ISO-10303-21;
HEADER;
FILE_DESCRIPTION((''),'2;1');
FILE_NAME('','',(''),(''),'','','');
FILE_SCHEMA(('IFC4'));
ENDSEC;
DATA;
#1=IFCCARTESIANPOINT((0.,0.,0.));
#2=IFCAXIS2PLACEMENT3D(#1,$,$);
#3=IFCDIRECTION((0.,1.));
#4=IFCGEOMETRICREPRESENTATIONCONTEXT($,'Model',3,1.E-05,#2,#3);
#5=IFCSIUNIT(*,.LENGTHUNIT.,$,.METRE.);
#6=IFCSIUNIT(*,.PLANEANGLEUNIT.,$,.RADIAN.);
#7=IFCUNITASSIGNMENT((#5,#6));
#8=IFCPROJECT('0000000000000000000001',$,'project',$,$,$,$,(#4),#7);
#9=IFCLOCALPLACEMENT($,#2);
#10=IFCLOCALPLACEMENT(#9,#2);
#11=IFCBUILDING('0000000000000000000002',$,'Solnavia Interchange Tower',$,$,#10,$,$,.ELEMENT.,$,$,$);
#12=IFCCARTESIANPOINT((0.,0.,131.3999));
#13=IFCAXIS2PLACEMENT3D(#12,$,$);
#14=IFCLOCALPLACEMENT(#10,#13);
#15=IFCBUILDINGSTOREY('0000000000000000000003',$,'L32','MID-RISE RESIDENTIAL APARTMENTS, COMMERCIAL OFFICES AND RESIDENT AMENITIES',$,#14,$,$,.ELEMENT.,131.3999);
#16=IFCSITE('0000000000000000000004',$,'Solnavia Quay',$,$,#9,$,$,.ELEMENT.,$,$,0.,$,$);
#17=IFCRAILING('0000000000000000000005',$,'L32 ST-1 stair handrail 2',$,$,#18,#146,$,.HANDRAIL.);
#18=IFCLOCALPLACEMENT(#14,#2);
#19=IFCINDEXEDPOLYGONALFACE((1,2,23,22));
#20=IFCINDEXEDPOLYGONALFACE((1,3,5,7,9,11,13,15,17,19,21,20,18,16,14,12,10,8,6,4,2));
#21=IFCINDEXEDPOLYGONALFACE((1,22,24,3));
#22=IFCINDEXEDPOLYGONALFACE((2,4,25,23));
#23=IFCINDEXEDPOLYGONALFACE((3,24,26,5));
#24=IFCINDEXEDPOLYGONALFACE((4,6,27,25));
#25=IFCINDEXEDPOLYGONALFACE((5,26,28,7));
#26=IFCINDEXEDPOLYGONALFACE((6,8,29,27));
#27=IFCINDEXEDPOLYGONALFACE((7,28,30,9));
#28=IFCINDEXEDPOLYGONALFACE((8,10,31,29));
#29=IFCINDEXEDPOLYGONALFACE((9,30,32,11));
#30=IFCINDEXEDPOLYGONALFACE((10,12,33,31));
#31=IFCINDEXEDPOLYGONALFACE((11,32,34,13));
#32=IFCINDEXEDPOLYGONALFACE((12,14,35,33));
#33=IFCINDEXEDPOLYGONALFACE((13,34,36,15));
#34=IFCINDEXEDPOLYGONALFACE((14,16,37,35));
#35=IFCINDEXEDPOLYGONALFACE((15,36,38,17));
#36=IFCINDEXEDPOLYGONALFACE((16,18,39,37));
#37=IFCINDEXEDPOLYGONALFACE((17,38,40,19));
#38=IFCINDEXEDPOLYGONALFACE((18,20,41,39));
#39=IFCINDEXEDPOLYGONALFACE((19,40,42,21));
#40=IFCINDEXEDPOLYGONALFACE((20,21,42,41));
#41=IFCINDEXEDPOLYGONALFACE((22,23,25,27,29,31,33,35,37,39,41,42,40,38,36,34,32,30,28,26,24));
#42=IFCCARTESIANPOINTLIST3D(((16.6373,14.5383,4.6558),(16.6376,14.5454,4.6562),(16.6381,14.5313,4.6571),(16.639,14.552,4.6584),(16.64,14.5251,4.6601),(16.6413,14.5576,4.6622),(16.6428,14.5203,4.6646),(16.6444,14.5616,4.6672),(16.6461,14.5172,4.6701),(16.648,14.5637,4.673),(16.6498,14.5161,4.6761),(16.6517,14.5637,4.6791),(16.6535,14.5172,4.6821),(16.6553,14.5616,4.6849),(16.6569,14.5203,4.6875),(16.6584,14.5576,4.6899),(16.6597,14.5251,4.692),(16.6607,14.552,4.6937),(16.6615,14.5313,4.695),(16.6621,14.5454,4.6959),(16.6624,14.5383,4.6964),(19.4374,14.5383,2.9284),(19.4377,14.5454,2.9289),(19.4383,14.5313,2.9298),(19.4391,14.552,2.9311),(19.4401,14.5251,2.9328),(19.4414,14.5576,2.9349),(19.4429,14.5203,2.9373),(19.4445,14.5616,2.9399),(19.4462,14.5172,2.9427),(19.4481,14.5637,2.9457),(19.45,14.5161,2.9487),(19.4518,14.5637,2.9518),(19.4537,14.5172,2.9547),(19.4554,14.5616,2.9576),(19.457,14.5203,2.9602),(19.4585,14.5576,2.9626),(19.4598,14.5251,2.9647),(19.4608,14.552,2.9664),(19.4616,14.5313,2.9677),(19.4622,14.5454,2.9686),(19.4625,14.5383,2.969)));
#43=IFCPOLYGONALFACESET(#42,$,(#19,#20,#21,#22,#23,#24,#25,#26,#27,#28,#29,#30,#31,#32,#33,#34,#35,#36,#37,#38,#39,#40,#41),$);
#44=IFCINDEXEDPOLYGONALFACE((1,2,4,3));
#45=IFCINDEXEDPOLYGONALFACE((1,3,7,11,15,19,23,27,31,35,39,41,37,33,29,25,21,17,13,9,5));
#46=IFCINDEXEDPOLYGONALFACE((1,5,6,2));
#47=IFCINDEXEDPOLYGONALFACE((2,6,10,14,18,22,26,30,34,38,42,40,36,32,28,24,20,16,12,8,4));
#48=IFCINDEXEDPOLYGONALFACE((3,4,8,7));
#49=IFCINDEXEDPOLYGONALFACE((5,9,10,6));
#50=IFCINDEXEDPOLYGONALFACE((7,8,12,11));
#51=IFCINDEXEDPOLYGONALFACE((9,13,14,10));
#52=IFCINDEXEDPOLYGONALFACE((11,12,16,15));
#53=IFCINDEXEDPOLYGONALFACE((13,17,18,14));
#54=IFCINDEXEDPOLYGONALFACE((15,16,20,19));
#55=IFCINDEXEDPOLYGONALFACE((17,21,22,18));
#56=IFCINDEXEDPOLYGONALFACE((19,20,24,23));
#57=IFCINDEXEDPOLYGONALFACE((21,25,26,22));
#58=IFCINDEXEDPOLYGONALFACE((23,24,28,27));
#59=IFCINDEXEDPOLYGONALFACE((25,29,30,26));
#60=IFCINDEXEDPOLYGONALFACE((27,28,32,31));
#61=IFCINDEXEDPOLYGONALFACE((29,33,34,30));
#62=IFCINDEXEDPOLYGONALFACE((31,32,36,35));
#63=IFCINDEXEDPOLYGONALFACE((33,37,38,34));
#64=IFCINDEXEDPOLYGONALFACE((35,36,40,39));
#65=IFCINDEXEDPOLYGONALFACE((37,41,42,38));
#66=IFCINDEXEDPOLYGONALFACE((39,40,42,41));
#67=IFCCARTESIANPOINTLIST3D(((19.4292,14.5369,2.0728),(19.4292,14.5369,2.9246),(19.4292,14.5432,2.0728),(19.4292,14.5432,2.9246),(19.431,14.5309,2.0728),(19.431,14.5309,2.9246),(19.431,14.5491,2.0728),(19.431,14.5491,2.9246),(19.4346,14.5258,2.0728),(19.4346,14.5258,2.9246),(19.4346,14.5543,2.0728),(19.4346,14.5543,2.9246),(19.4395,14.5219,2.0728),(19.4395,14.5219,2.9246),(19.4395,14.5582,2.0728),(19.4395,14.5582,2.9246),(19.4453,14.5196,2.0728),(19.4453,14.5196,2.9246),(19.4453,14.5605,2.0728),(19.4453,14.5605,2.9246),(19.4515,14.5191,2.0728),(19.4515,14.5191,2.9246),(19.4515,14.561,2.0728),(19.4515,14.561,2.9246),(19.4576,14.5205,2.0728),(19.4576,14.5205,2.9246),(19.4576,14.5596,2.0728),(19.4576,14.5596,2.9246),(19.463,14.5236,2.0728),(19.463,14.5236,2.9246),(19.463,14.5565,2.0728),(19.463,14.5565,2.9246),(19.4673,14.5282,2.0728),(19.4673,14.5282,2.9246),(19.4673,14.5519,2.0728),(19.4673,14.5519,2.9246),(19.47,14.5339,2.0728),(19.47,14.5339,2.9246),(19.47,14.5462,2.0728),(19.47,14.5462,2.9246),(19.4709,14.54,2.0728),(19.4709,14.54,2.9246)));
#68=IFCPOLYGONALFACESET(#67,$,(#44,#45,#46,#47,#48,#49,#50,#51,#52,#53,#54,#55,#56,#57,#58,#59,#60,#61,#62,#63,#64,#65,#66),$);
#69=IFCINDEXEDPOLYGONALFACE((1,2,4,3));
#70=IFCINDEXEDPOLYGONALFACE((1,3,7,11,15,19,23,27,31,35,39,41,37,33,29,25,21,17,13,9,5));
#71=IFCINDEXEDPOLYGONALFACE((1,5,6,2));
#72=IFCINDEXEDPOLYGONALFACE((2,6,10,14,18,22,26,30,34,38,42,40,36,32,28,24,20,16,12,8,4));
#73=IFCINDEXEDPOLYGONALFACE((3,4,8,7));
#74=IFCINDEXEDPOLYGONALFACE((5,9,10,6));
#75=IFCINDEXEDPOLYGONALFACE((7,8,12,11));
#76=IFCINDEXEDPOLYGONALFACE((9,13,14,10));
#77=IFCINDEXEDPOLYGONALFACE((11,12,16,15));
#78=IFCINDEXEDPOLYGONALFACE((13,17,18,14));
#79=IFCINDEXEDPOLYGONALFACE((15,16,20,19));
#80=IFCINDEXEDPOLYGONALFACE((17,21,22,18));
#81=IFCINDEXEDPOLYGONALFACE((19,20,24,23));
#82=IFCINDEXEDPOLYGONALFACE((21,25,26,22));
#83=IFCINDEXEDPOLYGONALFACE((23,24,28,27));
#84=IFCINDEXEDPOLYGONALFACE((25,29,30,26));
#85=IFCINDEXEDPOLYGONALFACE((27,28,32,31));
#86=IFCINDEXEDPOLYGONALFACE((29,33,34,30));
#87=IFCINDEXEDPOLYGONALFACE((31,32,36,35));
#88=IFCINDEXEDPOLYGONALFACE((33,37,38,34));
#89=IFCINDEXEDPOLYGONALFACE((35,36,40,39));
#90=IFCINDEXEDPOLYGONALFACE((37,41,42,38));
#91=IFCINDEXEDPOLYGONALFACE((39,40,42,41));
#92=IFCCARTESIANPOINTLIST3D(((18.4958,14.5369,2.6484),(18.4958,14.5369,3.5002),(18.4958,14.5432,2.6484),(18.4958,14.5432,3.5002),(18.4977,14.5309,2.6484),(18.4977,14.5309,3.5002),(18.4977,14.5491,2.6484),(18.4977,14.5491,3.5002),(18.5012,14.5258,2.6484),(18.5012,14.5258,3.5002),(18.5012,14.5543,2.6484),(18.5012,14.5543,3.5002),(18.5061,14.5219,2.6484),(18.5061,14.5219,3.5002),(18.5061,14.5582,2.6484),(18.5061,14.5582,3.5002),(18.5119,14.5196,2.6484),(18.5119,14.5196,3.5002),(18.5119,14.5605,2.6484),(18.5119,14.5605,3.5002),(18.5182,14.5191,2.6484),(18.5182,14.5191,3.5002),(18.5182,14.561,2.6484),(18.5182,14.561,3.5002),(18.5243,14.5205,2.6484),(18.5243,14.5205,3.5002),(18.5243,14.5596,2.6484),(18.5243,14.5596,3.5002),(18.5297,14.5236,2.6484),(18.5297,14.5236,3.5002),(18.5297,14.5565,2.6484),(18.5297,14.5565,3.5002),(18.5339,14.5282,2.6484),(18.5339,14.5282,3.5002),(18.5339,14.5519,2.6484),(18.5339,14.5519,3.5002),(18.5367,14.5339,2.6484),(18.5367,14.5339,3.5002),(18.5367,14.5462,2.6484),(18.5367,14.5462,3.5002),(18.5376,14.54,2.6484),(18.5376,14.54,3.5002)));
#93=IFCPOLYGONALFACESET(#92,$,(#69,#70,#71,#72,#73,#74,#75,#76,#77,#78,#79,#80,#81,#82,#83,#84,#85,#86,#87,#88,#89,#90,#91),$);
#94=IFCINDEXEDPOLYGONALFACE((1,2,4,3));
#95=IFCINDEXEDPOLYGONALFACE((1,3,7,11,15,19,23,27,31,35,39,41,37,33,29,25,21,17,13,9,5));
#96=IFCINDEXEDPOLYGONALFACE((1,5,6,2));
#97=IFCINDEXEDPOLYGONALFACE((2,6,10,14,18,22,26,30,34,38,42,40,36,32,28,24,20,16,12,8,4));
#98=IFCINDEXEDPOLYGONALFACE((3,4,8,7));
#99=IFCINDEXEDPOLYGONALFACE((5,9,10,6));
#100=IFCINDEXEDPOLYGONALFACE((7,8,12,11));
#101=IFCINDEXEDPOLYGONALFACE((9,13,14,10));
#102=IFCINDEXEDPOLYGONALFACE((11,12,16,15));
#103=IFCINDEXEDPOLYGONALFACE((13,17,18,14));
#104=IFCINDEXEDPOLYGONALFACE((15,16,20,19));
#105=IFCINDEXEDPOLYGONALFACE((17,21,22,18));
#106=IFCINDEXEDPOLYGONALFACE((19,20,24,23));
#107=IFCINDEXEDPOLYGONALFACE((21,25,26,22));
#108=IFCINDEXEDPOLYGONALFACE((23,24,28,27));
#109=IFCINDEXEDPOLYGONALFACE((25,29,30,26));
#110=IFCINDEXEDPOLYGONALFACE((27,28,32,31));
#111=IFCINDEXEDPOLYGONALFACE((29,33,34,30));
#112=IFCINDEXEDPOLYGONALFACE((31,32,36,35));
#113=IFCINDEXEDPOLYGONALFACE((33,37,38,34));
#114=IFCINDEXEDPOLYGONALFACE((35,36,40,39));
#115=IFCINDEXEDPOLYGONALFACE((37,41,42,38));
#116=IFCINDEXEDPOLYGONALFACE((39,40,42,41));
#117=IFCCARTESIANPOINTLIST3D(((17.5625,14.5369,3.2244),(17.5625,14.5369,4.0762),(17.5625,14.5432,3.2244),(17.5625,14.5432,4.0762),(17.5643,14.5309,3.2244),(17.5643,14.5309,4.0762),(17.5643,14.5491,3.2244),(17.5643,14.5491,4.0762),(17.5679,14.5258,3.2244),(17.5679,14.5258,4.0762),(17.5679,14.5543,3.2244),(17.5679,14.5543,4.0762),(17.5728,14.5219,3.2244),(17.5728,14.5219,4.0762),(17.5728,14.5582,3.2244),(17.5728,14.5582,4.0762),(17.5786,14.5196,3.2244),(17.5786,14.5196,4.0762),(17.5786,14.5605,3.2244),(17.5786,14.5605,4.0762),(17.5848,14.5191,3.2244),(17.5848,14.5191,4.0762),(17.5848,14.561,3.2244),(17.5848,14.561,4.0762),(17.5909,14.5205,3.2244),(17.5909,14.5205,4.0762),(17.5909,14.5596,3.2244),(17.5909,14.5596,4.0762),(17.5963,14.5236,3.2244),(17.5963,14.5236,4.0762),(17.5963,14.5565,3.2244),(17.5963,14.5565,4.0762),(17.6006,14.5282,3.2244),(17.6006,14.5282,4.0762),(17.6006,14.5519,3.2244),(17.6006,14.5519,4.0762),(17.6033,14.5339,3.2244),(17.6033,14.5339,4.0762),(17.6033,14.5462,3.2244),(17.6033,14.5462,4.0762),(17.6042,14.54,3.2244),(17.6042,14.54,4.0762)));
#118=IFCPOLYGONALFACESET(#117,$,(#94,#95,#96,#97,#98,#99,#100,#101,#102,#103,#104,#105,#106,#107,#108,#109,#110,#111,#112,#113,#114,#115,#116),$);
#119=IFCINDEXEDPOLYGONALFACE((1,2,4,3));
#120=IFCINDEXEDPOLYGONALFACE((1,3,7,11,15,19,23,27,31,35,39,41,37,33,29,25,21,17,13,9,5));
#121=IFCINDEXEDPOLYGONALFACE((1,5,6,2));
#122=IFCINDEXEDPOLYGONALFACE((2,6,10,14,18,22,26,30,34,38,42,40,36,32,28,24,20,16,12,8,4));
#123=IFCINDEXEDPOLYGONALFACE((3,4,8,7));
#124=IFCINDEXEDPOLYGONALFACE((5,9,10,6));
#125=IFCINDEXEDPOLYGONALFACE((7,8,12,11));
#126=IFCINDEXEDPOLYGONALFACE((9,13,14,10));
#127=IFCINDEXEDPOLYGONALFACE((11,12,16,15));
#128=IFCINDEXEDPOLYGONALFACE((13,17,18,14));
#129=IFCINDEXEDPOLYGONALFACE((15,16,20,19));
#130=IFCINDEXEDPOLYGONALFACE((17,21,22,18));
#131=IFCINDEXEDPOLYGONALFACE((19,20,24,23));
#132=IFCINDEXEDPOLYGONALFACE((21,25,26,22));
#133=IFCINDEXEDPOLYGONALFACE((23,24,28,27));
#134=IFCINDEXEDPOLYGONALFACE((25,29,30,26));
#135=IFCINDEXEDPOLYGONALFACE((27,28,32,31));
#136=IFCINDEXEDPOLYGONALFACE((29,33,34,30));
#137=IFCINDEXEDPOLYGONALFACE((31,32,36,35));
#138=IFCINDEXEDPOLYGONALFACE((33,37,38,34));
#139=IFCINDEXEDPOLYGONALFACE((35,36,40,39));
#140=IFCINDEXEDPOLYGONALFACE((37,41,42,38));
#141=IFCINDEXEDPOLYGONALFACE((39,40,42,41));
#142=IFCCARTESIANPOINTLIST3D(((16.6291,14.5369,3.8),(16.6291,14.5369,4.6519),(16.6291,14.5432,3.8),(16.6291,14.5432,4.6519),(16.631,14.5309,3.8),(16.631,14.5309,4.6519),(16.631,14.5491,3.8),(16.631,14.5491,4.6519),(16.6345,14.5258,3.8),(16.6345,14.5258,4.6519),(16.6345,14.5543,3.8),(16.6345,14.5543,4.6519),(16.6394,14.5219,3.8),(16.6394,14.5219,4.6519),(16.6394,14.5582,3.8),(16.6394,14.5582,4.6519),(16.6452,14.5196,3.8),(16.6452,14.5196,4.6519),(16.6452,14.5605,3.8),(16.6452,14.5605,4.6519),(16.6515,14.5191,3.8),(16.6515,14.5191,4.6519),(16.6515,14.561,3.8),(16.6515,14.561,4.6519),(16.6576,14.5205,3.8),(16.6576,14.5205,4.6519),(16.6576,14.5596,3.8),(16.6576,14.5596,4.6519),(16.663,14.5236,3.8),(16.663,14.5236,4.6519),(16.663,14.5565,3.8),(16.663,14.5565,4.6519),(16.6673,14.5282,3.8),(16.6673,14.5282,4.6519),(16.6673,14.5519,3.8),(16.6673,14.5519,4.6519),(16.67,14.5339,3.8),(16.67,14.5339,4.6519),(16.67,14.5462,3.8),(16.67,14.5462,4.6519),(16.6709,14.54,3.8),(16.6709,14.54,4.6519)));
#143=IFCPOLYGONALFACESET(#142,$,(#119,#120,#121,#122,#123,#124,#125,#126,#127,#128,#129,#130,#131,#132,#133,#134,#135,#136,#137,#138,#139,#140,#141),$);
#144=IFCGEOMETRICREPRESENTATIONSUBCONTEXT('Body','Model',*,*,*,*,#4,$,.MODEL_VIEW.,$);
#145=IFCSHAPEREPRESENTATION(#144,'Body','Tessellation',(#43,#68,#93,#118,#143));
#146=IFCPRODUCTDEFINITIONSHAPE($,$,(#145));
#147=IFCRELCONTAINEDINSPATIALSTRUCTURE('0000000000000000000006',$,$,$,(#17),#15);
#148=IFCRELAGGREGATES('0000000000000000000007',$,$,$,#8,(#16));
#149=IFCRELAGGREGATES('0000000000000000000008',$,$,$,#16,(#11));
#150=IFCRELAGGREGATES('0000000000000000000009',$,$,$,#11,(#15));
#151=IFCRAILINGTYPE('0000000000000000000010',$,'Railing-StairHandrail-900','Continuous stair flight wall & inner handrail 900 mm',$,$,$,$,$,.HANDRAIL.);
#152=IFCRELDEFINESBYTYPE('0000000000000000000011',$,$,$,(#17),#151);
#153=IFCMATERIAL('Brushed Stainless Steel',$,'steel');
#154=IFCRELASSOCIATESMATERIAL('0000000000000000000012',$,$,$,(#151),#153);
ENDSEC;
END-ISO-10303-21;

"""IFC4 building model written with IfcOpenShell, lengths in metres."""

from ifc_helpers import new_model, si_unit, direction, frame, origin, origin_2d, place, context, subcontext, project, spatial, circle, extrude, material, type_object, element, save


model = new_model("IFC4")

# Units and contexts
model_context = context("Model", 3, precision=1e-05, world=origin(), true_north=direction((0.0, 1.0)))
body_context = subcontext(model_context, "Body", "Model", "MODEL_VIEW")
ifc_project = project(units=[si_unit("LENGTHUNIT", "METRE"), si_unit("PLANEANGLEUNIT", "RADIAN")], contexts=[model_context])

# Site, building, storey
site_placement = place(None, origin())
site = spatial("IfcSite", under=ifc_project, at=site_placement, Name="Solnavia Quay", CompositionType="ELEMENT", RefElevation=0.0)
building_placement = place(site_placement, origin())
building = spatial("IfcBuilding", under=site, at=building_placement, Name="Solnavia Interchange Tower", CompositionType="ELEMENT")
storey_placement = place(building_placement, frame((0.0, 0.0, 131.3999)))
storey = spatial("IfcBuildingStorey", under=building, at=storey_placement, Name="L32", Description="MID-RISE RESIDENTIAL APARTMENTS, COMMERCIAL OFFICES AND RESIDENT AMENITIES", CompositionType="ELEMENT", Elevation=131.3999)

# Railing
ifc_material_1 = material(Name="Brushed Stainless Steel", Category="steel")
railing_type_1 = type_object("IfcRailingType", Name="Railing-StairHandrail-900", Description="Continuous stair flight wall & inner handrail 900 mm", PredefinedType="HANDRAIL", material=ifc_material_1)
railing_1_placement = place(storey_placement, frame((19.45, 14.54, 2.0728)))
element("IfcRailing", 1, at=railing_1_placement, inside=storey, type_object=railing_type_1, Name="L32 ST-1 stair handrail 2", PredefinedType="HANDRAIL", context=body_context, shape_type="SweptSolid", body=[
    extrude(circle(Radius=0.0239, at=origin_2d()), frame((0.0, 0.0, 0.876), z_axis=(-0.85109, 0.0, 0.52502), x_axis=(0.0, -1.0, 0.0)), (0.0, 0.0, 1.0), 3.29),
    extrude(circle(Radius=0.021, at=origin_2d()), origin(), (0.0, 0.0, 1.0), 0.8518),
    extrude(circle(Radius=0.021, at=origin_2d()), frame((-0.9333, 0.0, 0.5757)), (0.0, 0.0, 1.0), 0.8518),
    extrude(circle(Radius=0.021, at=origin_2d()), frame((-1.8667, 0.0, 1.1516)), (0.0, 0.0, 1.0), 0.8518),
    extrude(circle(Radius=0.021, at=origin_2d()), frame((-2.8, 0.0, 1.7273)), (0.0, 0.0, 1.0), 0.8518),
])

save(model, "model.ifc")
